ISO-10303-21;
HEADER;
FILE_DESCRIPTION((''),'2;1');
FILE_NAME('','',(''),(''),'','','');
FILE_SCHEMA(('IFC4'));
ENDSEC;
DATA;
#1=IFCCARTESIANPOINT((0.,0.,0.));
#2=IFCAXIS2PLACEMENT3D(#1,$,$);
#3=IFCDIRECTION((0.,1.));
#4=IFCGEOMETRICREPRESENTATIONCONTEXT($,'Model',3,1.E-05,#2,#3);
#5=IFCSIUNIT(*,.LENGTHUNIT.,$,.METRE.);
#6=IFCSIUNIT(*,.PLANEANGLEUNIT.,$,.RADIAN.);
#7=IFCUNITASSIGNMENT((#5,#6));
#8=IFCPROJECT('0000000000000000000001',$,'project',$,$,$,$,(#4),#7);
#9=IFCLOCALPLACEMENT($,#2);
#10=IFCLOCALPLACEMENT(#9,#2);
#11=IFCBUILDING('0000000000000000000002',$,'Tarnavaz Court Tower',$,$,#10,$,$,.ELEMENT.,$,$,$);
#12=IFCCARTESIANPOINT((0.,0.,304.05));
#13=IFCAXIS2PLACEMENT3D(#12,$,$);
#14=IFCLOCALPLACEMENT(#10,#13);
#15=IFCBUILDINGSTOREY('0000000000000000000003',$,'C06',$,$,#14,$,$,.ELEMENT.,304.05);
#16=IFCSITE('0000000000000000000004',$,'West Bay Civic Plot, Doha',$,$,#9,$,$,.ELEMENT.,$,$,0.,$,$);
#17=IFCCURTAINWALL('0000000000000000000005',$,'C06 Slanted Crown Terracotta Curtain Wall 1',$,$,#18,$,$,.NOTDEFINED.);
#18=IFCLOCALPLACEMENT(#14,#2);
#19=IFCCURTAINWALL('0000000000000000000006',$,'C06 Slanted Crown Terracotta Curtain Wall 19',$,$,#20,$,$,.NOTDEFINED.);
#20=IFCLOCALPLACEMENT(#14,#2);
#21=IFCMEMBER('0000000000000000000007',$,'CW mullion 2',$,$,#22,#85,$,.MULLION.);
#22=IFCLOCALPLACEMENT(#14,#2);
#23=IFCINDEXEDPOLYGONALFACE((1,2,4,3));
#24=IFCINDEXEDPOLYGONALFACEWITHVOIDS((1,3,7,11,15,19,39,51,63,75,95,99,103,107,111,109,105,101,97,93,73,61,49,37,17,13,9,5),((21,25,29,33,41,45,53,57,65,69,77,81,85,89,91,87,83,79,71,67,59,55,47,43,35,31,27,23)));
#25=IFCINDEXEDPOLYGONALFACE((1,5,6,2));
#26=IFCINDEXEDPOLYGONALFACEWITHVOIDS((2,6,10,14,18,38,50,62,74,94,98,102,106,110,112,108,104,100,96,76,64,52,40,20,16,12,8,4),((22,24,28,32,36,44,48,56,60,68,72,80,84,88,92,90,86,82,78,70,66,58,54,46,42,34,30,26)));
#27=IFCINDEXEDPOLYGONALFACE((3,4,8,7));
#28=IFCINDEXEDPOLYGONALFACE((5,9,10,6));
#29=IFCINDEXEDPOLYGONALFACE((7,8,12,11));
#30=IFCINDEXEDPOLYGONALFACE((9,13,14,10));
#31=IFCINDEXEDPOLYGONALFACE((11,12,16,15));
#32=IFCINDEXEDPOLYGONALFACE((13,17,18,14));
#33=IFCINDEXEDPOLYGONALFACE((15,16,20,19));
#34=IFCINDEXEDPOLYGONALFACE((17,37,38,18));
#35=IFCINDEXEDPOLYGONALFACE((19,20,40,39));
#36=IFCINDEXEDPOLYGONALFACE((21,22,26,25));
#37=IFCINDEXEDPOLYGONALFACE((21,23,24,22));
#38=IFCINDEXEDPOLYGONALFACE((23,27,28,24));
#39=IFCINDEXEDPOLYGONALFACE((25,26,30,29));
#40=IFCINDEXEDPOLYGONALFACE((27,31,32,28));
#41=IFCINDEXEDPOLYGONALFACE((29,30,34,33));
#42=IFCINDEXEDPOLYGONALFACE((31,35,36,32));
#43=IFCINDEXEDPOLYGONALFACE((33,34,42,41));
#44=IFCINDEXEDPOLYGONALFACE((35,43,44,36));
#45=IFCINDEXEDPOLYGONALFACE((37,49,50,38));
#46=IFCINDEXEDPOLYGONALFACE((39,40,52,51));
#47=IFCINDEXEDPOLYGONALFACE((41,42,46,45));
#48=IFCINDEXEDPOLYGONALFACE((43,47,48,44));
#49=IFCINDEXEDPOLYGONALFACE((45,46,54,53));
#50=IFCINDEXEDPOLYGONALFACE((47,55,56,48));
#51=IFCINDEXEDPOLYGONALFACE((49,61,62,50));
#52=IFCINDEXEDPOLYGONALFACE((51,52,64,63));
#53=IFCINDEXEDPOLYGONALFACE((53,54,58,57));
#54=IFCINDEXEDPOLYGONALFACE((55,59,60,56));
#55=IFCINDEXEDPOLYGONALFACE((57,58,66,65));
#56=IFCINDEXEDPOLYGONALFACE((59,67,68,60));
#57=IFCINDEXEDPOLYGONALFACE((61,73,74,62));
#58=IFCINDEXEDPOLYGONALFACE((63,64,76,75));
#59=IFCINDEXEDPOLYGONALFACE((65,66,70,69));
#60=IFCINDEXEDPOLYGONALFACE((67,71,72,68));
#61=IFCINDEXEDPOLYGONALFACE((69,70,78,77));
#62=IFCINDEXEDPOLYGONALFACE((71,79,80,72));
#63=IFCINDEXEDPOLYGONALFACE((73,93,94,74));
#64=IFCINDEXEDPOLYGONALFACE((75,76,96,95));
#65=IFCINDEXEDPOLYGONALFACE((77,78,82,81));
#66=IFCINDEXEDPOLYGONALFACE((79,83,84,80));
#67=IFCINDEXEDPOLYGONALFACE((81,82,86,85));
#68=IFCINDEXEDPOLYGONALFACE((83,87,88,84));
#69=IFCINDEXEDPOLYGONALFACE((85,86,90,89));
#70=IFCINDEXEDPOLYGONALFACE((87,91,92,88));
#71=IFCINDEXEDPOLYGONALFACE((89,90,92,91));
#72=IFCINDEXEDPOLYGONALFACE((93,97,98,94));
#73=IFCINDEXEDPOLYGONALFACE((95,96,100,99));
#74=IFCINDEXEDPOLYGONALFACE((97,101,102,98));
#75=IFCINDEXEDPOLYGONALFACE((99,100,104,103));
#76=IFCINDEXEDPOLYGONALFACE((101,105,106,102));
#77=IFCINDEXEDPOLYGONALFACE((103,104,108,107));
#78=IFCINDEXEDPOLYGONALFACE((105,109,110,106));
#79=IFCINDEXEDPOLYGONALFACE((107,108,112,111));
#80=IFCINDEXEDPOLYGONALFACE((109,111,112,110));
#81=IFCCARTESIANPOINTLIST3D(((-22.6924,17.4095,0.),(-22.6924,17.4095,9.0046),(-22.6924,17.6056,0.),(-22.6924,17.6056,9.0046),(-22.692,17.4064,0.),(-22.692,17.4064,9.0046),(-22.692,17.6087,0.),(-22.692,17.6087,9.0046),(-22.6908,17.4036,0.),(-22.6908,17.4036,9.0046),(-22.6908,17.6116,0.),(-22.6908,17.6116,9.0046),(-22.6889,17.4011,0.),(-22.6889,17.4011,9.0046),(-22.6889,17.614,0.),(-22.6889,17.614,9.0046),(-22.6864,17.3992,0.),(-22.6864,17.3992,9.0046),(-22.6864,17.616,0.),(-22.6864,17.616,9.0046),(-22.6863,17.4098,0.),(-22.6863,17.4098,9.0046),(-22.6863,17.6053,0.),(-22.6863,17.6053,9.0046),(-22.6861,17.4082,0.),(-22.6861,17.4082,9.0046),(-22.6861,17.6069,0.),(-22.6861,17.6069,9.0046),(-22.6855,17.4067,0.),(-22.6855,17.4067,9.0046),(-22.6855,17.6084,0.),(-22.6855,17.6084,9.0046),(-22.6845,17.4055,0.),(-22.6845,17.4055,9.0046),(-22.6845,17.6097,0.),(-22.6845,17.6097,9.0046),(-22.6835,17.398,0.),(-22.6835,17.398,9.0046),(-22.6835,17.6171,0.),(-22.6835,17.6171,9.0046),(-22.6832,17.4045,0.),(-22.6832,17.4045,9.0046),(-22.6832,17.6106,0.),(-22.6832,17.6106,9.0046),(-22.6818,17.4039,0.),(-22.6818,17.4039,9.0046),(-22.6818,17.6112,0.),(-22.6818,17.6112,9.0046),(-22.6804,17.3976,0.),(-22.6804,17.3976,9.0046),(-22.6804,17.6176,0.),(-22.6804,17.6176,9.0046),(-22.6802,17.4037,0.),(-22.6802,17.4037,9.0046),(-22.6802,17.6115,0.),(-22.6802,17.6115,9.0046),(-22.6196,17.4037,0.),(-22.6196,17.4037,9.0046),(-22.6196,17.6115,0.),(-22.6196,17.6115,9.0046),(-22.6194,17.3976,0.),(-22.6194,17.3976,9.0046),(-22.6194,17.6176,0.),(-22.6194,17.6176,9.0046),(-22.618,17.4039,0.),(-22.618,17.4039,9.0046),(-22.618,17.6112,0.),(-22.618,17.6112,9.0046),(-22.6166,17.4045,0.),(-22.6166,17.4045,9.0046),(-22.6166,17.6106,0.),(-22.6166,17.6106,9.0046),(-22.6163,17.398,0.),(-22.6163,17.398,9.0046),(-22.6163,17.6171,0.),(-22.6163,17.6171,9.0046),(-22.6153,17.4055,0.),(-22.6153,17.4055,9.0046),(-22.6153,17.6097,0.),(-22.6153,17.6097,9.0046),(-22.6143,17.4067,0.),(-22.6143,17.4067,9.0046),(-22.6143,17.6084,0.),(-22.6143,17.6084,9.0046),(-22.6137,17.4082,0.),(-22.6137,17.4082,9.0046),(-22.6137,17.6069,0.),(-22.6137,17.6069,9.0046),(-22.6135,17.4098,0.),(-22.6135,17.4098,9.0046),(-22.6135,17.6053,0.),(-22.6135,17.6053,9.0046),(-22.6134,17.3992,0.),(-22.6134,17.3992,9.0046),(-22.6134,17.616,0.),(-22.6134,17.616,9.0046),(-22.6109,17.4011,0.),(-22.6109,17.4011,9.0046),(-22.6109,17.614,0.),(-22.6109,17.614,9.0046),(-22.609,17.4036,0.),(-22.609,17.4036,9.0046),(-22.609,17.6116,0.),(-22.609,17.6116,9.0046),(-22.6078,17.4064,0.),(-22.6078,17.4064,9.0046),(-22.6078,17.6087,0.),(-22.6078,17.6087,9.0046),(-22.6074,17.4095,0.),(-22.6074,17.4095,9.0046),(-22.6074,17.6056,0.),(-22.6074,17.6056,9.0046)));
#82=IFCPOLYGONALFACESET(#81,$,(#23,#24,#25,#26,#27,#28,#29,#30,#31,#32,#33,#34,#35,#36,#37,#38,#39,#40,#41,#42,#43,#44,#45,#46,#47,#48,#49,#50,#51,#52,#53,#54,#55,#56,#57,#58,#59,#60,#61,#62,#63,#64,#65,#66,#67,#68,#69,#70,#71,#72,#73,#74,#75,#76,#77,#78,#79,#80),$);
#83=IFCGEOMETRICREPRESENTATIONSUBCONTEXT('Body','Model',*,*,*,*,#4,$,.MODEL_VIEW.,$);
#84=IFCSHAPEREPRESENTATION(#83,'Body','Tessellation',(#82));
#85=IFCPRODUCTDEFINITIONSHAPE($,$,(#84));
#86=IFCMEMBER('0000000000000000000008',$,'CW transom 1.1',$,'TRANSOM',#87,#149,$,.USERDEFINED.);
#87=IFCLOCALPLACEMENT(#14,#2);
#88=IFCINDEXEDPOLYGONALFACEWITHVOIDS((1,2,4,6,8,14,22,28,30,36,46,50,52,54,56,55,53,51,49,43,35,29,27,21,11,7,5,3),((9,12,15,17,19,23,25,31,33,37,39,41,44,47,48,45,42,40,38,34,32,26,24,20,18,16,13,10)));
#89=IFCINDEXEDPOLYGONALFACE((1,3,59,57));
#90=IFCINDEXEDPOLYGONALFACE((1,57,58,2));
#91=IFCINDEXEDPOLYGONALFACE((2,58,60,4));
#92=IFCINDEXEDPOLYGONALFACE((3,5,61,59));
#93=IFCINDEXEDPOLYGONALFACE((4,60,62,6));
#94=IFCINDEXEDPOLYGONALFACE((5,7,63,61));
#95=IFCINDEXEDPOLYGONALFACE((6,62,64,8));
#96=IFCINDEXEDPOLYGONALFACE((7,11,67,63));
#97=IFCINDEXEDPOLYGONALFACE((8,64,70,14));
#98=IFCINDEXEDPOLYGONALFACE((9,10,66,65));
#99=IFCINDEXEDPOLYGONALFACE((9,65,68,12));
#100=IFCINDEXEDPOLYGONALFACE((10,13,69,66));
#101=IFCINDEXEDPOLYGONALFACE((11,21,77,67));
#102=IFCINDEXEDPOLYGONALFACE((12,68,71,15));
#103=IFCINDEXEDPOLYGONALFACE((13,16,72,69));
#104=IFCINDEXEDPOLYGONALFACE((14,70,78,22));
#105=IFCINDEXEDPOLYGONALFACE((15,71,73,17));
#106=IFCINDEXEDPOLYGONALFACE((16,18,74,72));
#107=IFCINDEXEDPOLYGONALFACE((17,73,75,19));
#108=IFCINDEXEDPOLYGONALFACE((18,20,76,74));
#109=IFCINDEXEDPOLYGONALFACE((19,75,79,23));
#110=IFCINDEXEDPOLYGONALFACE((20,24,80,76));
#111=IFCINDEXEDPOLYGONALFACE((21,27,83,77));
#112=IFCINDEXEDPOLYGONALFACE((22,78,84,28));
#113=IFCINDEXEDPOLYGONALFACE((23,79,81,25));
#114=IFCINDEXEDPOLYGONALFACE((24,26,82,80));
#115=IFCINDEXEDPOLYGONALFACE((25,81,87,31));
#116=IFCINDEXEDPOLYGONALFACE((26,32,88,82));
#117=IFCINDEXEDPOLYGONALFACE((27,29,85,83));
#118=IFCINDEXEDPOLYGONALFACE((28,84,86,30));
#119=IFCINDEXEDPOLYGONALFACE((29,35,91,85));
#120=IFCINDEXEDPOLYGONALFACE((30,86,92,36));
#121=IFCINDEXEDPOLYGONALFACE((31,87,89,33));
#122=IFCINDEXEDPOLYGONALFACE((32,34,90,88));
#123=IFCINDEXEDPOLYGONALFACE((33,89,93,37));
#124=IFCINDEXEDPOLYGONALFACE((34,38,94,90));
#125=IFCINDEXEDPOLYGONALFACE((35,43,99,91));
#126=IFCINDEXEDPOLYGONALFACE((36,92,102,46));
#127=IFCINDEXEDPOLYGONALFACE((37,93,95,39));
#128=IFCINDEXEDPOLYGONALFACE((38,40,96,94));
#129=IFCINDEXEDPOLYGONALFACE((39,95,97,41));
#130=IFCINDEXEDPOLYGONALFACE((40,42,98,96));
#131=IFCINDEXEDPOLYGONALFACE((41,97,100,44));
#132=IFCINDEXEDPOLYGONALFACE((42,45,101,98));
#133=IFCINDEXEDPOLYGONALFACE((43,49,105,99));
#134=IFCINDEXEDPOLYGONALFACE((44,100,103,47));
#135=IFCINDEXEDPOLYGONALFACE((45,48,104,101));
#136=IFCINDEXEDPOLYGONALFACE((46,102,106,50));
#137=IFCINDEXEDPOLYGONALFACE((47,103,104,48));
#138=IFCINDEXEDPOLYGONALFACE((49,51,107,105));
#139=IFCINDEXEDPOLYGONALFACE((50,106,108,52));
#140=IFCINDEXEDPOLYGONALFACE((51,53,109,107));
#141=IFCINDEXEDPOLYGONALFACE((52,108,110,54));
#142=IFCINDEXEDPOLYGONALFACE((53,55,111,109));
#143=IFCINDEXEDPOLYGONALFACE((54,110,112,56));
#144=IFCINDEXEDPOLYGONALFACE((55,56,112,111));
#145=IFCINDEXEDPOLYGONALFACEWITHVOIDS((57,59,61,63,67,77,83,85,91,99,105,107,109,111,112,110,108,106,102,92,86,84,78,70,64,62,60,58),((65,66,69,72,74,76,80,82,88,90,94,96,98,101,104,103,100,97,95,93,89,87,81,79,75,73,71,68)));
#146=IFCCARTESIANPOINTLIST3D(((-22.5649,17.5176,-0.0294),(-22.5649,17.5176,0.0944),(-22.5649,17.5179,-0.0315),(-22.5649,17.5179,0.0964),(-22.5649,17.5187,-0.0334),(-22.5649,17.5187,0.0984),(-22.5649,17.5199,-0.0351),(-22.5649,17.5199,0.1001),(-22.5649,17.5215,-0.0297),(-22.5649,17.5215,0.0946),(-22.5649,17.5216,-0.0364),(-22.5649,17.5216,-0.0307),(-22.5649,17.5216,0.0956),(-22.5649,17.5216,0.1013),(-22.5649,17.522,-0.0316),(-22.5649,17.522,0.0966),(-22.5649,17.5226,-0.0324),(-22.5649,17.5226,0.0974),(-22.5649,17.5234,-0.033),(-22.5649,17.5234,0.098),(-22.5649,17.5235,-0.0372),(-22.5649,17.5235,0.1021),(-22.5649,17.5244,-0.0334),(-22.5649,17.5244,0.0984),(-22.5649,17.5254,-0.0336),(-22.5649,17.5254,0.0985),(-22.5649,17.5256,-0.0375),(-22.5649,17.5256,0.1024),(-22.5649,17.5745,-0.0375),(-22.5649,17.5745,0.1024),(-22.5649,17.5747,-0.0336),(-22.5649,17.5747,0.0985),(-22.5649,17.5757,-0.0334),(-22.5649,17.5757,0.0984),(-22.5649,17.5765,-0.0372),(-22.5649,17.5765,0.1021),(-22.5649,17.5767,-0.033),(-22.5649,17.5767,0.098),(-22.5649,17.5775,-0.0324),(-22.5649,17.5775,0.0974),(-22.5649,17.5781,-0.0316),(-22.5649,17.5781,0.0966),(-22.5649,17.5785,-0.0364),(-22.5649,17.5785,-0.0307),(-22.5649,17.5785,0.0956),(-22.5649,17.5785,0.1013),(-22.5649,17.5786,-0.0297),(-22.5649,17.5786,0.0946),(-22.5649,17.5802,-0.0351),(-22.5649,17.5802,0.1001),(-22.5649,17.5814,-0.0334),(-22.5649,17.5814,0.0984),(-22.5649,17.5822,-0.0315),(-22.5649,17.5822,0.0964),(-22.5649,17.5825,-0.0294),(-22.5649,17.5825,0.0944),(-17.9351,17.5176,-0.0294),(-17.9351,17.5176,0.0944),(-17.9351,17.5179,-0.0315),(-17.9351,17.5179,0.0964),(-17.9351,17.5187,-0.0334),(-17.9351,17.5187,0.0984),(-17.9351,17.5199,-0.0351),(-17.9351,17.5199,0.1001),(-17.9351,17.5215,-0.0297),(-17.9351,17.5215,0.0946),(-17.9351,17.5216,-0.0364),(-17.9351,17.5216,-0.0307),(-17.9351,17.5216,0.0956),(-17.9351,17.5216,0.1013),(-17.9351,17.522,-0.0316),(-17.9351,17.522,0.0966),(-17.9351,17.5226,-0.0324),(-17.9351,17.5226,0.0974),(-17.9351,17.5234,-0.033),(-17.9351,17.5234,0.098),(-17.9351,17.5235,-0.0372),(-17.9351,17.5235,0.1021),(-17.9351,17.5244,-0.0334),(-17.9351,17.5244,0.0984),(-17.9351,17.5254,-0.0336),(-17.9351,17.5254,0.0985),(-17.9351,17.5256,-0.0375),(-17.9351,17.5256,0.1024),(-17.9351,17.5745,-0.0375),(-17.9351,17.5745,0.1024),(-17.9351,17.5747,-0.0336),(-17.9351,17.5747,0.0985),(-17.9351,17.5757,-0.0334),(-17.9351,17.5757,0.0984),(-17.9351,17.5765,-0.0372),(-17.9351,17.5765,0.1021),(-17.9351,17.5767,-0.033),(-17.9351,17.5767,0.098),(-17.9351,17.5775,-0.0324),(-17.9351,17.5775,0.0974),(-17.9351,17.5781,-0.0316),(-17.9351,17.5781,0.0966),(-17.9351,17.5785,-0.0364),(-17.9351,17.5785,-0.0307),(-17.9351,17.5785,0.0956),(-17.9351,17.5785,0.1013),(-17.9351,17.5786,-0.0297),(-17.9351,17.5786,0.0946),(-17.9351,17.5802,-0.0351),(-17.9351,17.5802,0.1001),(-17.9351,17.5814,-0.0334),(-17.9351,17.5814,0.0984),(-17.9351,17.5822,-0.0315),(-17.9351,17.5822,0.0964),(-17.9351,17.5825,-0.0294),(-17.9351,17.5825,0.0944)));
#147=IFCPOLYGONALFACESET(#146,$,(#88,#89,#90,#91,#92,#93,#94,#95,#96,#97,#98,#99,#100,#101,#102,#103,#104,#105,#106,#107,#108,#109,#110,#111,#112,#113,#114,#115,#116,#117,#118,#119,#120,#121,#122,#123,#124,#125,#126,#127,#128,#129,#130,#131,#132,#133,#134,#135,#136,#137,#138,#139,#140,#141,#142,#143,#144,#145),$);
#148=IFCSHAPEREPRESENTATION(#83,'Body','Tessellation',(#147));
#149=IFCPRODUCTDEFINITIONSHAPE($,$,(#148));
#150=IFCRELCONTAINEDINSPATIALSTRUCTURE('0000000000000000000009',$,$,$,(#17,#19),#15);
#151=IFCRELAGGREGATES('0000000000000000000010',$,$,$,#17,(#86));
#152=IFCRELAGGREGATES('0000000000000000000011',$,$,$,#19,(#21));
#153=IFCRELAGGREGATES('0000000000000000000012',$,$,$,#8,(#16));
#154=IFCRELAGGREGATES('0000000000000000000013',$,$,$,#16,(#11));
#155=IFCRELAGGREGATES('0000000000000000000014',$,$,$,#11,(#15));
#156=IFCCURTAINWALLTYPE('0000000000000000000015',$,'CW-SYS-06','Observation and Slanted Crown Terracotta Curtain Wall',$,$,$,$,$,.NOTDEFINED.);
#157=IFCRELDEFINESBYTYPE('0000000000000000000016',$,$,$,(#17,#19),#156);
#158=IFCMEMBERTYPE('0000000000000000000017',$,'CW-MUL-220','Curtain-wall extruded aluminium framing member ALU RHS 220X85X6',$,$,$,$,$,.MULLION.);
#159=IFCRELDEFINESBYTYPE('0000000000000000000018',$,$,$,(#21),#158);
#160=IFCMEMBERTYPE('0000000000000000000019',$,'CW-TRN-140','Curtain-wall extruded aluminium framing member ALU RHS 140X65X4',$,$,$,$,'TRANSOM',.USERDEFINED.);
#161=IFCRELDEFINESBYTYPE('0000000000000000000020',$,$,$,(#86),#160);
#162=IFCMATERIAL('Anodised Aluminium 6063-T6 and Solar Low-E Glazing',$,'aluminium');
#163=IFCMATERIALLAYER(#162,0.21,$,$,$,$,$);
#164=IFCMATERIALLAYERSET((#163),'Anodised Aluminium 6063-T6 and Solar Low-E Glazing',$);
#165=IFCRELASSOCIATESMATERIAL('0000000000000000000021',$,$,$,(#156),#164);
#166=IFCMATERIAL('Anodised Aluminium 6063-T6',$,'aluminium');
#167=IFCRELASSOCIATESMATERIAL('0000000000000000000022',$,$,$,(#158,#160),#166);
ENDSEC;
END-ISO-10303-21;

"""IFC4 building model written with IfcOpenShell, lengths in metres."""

from ifc_helpers import new_model, si_unit, direction, frame, origin, origin_2d, place, context, subcontext, project, spatial, hollow_rectangle, extrude, material, layer, layer_set, material_profile, profile_set, type_object, element, aggregate, save


model = new_model("IFC4")

# Units and contexts
model_context = context("Model", 3, precision=1e-05, world=origin(), true_north=direction((0.0, 1.0)))
body_context = subcontext(model_context, "Body", "Model", "MODEL_VIEW")
ifc_project = project(units=[si_unit("LENGTHUNIT", "METRE"), si_unit("PLANEANGLEUNIT", "RADIAN")], contexts=[model_context])

# Site, building, storey
site_placement = place(None, origin())
site = spatial("IfcSite", under=ifc_project, at=site_placement, Name="West Bay Civic Plot, Doha", CompositionType="ELEMENT", RefElevation=0.0)
building_placement = place(site_placement, origin())
building = spatial("IfcBuilding", under=site, at=building_placement, Name="Tarnavaz Court Tower", CompositionType="ELEMENT")
storey_placement = place(building_placement, frame((0.0, 0.0, 304.05)))
storey = spatial("IfcBuildingStorey", under=building, at=storey_placement, Name="C06", CompositionType="ELEMENT", Elevation=304.05)

# Curtain wall
ifc_material_1 = material(Name="Anodised Aluminium 6063-T6 and Solar Low-E Glazing", Category="aluminium")
ifc_layer_1 = layer(ifc_material_1, 0.21)
ifc_layer_set_1 = layer_set([ifc_layer_1], Name="Anodised Aluminium 6063-T6 and Solar Low-E Glazing")
curtain_wall_type = type_object("IfcCurtainWallType", Name="CW-SYS-06", Description="Observation and Slanted Crown Terracotta Curtain Wall", PredefinedType="NOTDEFINED", material=ifc_layer_set_1)
curtain_wall_1_placement = place(storey_placement, origin())
curtain_wall_1 = element("IfcCurtainWall", 1, at=curtain_wall_1_placement, inside=storey, type_object=curtain_wall_type, Name="C06 Slanted Crown Terracotta Curtain Wall 1", PredefinedType="NOTDEFINED")
ifc_material_2 = material(Name="Anodised Aluminium 6063-T6", Category="aluminium")
ifc_material_profile_1 = material_profile(ifc_material_2, hollow_rectangle(XDim=0.085, YDim=0.22, WallThickness=0.0061, InnerFilletRadius=0.0061, OuterFilletRadius=0.012, at=origin_2d()), Name="ALU RHS 220X85X6")
ifc_profile_set_1 = profile_set([ifc_material_profile_1], Name="Anodised Aluminium 6063-T6")
member_type_1 = type_object("IfcMemberType", Name="CW-MUL-220", Description="Curtain-wall extruded aluminium framing member ALU RHS 220X85X6", PredefinedType="MULLION", material=ifc_profile_set_1)

# Curtain wall, member
curtain_wall_2_placement = place(storey_placement, origin())
curtain_wall_2 = element("IfcCurtainWall", 2, at=curtain_wall_2_placement, inside=storey, type_object=curtain_wall_type, Name="C06 Slanted Crown Terracotta Curtain Wall 19", PredefinedType="NOTDEFINED")
member_1_placement = place(storey_placement, frame((-22.6499, 17.5076, 0.0), z_axis=(0.0, 0.0, 1.0), x_axis=(-1.0, 0.0, 0.0)))
member_1 = element("IfcMember", 3, at=member_1_placement, type_object=member_type_1, Name="CW mullion 2", PredefinedType="MULLION", context=body_context, shape_type="SweptSolid", body=[
    extrude(hollow_rectangle(XDim=0.085, YDim=0.22, WallThickness=0.0061, InnerFilletRadius=0.0061, OuterFilletRadius=0.012, at=origin_2d()), origin(), (0.0, 0.0, 1.0), 9.0046),
])

# Member
ifc_material_profile_2 = material_profile(ifc_material_2, hollow_rectangle(XDim=0.0649, YDim=0.1399, WallThickness=0.0039, InnerFilletRadius=0.0039, OuterFilletRadius=0.0081, at=origin_2d()), Name="ALU RHS 140X65X4")
ifc_profile_set_2 = profile_set([ifc_material_profile_2], Name="Anodised Aluminium 6063-T6")
member_type_2 = type_object("IfcMemberType", Name="CW-TRN-140", Description="Curtain-wall extruded aluminium framing member ALU RHS 140X65X4", ElementType="TRANSOM", PredefinedType="USERDEFINED", material=ifc_profile_set_2)
member_2_placement = place(storey_placement, frame((-22.5649, 17.55, 0.0325), z_axis=(1.0, 0.0, 0.0), x_axis=(0.0, 1.0, 0.0)))
member_2 = element("IfcMember", 4, at=member_2_placement, type_object=member_type_2, Name="CW transom 1.1", ObjectType="TRANSOM", PredefinedType="USERDEFINED", context=body_context, shape_type="SweptSolid", body=[
    extrude(hollow_rectangle(XDim=0.0649, YDim=0.1399, WallThickness=0.0039, InnerFilletRadius=0.0039, OuterFilletRadius=0.0081, at=origin_2d()), origin(), (0.0, 0.0, 1.0), 4.6299),
])

aggregate(curtain_wall_1, [member_2])
aggregate(curtain_wall_2, [member_1])

save(model, "model.ifc")
